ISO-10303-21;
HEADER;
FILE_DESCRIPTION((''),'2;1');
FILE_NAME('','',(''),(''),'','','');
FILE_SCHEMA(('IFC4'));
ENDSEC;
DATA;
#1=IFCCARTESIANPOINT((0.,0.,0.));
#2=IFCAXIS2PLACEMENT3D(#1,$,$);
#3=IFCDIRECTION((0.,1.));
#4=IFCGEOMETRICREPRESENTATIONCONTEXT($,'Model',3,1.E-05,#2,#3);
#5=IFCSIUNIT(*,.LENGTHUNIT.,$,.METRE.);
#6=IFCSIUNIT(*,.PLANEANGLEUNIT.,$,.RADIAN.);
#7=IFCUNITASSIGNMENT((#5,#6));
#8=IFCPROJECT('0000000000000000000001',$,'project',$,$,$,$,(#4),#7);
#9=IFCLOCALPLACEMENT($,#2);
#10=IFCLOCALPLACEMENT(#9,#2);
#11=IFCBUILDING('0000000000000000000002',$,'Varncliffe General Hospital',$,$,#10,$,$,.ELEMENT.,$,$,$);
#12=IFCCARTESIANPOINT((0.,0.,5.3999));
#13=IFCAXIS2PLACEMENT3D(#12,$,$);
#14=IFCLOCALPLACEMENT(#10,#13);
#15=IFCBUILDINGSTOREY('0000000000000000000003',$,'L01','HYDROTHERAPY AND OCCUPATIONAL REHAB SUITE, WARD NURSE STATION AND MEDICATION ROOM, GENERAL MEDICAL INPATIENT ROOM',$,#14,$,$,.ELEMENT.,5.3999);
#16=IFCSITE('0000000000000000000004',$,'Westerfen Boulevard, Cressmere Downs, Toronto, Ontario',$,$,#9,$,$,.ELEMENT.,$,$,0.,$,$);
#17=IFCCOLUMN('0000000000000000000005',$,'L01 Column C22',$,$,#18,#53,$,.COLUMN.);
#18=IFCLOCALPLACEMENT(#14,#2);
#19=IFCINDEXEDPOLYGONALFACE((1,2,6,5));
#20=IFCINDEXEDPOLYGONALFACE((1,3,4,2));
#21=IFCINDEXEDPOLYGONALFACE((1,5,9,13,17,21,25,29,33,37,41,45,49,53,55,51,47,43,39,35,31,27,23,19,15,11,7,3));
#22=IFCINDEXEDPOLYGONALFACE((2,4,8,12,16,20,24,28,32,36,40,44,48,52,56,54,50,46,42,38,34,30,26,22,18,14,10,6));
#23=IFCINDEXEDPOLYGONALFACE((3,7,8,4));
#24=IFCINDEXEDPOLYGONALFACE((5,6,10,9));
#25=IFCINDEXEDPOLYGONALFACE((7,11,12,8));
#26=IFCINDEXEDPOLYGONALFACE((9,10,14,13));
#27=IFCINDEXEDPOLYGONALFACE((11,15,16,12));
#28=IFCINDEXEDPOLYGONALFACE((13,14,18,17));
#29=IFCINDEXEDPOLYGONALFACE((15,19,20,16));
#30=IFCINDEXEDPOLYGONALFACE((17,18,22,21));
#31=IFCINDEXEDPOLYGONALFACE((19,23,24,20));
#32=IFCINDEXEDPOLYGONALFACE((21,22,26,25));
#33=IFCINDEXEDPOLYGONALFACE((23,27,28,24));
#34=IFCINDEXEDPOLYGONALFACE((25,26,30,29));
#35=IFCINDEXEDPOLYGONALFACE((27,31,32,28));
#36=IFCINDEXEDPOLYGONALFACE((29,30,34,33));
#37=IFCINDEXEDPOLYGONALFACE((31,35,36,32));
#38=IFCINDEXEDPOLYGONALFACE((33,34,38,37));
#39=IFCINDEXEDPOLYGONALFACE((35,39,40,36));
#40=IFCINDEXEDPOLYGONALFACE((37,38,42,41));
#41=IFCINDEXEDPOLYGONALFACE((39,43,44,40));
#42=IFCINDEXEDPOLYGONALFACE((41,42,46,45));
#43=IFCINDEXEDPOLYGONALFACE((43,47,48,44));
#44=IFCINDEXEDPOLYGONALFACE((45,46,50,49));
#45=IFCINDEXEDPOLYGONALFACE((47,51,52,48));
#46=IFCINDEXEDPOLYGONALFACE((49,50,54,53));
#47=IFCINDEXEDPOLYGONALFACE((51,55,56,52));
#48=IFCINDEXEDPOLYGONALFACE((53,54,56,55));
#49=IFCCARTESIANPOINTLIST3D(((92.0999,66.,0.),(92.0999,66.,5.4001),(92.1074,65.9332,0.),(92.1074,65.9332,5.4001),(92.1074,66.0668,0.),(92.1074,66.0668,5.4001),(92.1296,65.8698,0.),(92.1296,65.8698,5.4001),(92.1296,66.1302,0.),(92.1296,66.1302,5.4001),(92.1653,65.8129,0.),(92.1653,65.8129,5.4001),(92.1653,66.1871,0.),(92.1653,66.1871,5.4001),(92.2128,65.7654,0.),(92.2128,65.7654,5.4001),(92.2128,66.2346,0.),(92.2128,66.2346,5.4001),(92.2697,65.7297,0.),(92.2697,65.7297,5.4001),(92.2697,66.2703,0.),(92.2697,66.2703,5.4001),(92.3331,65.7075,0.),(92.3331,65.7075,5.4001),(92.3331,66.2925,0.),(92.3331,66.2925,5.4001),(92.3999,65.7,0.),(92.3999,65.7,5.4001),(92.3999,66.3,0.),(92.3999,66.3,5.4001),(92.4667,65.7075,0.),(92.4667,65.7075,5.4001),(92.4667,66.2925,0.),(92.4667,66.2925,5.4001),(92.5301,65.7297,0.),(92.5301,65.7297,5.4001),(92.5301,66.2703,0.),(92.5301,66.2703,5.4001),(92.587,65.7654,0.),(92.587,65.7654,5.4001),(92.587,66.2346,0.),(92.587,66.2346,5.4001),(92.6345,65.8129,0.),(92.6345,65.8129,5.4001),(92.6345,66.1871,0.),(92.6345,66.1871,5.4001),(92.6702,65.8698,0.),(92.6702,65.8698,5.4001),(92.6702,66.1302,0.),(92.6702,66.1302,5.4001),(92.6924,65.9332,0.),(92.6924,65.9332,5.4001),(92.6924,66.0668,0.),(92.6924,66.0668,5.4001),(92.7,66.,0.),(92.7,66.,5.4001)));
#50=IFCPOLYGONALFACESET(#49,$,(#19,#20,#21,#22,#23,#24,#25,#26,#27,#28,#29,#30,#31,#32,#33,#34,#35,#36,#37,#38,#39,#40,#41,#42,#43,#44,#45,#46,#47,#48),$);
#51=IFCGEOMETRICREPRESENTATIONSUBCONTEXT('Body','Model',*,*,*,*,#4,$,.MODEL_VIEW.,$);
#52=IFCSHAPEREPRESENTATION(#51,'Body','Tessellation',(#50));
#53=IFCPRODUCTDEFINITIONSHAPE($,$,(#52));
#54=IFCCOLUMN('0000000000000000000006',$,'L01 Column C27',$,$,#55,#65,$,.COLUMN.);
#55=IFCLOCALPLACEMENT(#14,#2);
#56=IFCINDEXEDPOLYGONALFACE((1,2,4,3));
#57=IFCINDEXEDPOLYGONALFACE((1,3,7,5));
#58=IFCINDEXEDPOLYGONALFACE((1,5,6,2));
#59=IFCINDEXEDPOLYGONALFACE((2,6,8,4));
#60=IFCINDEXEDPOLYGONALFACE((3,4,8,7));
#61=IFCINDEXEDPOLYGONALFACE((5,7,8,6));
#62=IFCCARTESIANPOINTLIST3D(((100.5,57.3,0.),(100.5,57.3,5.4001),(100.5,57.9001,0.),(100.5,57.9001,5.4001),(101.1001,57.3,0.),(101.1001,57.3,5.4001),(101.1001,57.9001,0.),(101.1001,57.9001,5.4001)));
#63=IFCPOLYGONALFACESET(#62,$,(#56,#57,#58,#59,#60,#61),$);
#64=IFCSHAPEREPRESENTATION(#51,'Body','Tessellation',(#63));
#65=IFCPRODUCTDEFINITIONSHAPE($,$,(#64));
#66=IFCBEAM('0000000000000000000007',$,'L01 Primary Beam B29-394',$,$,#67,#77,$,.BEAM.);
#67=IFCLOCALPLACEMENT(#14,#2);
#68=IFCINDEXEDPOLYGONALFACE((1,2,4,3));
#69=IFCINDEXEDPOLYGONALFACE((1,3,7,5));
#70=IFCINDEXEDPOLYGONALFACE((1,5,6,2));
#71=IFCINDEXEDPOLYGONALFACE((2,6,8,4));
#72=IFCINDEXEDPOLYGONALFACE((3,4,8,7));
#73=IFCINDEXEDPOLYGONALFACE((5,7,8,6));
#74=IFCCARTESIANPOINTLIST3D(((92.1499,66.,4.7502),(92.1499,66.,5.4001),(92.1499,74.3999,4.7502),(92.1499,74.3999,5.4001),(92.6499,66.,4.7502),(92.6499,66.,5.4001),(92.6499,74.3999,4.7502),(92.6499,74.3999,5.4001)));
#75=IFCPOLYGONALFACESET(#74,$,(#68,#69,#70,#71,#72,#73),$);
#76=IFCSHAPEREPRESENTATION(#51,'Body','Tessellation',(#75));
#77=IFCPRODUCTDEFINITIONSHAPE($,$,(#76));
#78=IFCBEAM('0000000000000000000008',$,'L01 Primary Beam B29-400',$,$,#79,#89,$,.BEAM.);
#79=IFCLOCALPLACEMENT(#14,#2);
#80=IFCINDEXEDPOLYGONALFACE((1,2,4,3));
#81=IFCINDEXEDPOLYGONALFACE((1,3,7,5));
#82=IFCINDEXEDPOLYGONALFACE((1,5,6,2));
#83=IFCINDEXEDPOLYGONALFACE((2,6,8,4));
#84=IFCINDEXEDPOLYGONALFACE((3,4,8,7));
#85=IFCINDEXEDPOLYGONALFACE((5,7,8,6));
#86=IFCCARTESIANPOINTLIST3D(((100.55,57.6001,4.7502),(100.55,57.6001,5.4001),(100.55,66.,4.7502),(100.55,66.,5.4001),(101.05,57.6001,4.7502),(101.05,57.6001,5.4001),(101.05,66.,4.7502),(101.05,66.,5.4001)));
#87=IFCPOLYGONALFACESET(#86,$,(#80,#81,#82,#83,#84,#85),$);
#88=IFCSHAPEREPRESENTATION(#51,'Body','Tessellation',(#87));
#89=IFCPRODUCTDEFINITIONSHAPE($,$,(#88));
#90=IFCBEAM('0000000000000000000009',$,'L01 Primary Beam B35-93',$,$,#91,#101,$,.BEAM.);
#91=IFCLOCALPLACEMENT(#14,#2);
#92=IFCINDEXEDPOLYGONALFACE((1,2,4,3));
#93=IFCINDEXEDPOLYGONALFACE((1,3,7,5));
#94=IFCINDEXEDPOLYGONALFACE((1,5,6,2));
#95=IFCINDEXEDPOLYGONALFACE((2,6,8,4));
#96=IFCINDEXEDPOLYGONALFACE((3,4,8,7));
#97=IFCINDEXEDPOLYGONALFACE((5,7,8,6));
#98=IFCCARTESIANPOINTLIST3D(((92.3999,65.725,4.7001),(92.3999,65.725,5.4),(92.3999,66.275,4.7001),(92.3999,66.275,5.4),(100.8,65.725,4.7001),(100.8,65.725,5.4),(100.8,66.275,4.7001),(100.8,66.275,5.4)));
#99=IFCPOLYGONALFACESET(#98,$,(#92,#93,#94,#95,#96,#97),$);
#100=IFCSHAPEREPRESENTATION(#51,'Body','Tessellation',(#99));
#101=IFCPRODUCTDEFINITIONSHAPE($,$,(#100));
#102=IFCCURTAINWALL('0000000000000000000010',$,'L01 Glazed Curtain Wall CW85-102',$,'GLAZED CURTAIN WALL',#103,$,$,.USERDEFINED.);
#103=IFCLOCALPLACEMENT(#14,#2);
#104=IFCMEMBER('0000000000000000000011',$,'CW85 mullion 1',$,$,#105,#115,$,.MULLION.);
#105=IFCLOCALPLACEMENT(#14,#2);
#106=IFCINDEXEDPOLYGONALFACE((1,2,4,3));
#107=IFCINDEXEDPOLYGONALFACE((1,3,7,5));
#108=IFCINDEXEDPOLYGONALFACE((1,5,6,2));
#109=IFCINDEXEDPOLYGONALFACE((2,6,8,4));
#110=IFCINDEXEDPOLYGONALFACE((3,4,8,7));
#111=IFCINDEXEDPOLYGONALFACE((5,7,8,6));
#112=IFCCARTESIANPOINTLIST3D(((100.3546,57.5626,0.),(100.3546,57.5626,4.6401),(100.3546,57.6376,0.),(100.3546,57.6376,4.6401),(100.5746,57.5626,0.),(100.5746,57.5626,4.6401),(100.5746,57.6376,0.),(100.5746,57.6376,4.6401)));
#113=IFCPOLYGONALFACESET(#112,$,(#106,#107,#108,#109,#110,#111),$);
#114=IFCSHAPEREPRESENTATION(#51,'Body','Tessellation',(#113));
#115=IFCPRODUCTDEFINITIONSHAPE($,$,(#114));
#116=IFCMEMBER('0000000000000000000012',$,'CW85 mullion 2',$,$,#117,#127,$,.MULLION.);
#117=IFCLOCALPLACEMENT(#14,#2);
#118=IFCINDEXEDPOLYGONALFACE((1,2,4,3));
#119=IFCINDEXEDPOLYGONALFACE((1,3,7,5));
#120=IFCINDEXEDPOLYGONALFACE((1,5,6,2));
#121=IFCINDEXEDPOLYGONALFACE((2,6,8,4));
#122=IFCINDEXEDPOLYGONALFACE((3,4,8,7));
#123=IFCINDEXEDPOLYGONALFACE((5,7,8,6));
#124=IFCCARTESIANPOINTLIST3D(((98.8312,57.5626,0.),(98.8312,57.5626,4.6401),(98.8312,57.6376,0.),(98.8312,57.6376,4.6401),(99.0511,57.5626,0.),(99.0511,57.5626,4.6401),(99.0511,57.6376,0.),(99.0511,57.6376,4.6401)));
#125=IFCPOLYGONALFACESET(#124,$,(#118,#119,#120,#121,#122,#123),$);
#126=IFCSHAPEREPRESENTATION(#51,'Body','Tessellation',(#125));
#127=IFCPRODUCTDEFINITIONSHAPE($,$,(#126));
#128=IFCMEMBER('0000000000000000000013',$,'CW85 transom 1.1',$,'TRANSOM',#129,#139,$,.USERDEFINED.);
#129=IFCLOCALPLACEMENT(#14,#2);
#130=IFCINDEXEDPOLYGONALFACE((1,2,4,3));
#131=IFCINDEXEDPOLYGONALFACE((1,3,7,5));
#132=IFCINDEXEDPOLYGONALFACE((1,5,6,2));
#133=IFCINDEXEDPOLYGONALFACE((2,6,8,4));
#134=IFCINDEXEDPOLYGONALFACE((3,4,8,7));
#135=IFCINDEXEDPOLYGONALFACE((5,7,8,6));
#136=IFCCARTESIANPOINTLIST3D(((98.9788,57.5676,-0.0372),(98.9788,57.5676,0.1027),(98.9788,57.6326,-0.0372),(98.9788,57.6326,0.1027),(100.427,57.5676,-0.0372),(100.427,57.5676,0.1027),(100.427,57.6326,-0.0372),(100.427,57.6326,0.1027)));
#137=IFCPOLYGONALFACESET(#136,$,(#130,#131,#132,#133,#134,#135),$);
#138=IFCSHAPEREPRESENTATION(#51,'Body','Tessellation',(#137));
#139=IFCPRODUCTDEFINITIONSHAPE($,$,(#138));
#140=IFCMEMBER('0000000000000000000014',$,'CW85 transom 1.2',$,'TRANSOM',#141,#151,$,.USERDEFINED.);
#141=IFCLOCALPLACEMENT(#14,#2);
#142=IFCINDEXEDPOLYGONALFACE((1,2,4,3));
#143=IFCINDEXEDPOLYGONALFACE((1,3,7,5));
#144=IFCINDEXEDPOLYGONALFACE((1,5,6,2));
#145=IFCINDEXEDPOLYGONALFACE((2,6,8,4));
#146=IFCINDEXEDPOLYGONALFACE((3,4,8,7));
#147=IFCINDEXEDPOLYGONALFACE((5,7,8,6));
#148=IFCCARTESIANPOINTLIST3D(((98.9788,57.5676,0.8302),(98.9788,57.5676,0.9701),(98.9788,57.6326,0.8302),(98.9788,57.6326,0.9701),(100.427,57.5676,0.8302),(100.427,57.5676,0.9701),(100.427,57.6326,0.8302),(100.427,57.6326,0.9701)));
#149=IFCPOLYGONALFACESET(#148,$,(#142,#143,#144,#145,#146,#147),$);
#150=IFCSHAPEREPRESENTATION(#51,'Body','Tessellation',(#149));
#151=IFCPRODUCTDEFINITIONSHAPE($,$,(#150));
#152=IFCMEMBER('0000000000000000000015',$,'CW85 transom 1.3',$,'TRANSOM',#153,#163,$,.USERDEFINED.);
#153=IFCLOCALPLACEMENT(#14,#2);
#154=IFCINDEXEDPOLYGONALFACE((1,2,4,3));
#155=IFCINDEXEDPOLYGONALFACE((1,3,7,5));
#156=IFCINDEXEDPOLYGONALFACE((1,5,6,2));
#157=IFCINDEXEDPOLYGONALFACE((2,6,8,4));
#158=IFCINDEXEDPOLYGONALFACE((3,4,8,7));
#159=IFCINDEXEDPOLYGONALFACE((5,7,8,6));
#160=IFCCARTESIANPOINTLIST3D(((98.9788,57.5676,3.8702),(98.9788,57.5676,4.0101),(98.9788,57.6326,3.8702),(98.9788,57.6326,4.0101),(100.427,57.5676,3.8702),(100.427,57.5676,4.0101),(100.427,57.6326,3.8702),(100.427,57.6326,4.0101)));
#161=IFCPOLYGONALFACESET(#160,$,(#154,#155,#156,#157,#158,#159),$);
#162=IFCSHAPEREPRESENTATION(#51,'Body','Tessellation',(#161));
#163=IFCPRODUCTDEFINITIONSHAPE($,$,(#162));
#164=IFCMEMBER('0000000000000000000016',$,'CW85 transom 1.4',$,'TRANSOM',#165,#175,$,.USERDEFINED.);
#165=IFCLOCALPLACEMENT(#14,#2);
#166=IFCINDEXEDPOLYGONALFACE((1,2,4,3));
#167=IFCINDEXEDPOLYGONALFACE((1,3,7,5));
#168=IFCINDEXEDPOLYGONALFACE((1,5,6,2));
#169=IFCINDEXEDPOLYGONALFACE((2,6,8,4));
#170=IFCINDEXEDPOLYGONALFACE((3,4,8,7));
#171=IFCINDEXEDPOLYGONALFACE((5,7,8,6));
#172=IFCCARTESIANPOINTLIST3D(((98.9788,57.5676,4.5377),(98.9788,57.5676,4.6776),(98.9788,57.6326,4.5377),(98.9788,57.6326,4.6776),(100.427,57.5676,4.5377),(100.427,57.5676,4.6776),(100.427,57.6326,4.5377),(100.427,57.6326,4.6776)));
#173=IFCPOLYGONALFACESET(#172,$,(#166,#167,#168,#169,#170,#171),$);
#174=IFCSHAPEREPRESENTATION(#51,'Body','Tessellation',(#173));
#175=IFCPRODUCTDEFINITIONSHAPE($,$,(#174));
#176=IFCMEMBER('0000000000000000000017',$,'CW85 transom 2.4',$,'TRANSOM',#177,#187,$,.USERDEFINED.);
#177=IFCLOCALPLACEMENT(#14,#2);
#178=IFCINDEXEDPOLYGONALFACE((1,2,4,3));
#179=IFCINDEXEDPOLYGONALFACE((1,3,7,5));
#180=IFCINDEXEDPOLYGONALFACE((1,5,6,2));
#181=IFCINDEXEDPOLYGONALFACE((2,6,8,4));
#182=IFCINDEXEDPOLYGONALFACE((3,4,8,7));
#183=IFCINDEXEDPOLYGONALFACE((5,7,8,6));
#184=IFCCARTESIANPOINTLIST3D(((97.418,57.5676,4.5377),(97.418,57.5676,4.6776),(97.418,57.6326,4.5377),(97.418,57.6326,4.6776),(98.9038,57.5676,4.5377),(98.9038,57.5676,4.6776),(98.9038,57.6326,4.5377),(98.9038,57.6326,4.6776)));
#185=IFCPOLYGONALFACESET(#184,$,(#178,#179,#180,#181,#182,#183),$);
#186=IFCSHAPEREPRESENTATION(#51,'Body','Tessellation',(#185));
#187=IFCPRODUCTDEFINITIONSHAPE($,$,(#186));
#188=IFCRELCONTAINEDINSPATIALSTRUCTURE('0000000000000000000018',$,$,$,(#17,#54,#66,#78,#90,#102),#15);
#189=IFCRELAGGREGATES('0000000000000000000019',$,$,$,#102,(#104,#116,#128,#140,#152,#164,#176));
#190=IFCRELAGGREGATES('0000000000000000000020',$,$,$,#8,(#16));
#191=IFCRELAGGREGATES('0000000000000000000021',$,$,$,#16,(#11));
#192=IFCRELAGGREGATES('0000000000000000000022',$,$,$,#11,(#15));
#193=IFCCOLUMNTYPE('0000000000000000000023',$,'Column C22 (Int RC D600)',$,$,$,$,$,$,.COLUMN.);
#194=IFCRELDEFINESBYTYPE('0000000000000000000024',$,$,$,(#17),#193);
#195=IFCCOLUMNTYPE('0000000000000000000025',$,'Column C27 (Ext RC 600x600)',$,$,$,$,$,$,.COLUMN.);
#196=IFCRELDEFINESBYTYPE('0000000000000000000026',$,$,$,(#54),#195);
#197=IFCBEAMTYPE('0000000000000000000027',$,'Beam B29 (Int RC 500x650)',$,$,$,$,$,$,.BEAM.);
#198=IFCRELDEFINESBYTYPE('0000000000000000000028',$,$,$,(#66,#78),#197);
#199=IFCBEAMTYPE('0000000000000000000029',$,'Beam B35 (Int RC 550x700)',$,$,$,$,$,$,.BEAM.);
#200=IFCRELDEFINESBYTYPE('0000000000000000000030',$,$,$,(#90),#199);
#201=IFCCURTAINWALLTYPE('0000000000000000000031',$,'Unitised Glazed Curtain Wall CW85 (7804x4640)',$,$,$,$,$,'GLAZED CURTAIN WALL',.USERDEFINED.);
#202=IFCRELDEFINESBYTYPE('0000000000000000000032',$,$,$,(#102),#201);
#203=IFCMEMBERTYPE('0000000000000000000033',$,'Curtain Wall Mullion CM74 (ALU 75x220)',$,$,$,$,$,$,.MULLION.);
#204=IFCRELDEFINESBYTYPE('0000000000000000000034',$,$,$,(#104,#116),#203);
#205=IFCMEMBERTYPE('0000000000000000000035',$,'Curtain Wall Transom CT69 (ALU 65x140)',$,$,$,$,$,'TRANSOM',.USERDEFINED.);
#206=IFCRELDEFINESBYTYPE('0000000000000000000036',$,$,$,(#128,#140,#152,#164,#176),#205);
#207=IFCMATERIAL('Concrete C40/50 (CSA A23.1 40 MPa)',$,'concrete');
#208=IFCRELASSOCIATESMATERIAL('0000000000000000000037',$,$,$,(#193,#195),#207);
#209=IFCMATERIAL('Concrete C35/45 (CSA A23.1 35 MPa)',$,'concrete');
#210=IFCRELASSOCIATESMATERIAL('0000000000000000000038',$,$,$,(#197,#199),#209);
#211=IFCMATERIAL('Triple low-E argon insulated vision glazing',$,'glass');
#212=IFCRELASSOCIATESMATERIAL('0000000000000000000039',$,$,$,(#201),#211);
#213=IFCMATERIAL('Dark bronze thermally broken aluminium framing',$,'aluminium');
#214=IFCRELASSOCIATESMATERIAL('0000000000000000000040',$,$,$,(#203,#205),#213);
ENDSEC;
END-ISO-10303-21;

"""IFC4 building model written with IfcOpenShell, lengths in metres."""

from ifc_helpers import new_model, si_unit, direction, frame, origin, origin_2d, place, context, subcontext, project, spatial, rectangle, circle, extrude, material, material_profile, profile_set, type_object, element, aggregate, save


model = new_model("IFC4")

# Units and contexts
model_context = context("Model", 3, precision=1e-05, world=origin(), true_north=direction((0.0, 1.0)))
body_context = subcontext(model_context, "Body", "Model", "MODEL_VIEW")
ifc_project = project(units=[si_unit("LENGTHUNIT", "METRE"), si_unit("PLANEANGLEUNIT", "RADIAN")], contexts=[model_context])

# Site, building, storey
site_placement = place(None, origin())
site = spatial("IfcSite", under=ifc_project, at=site_placement, Name="Westerfen Boulevard, Cressmere Downs, Toronto, Ontario", CompositionType="ELEMENT", RefElevation=0.0)
building_placement = place(site_placement, origin())
building = spatial("IfcBuilding", under=site, at=building_placement, Name="Varncliffe General Hospital", CompositionType="ELEMENT")
storey_placement = place(building_placement, frame((0.0, 0.0, 5.3999)))
storey = spatial("IfcBuildingStorey", under=building, at=storey_placement, Name="L01", Description="HYDROTHERAPY AND OCCUPATIONAL REHAB SUITE, WARD NURSE STATION AND MEDICATION ROOM, GENERAL MEDICAL INPATIENT ROOM", CompositionType="ELEMENT", Elevation=5.3999)

# Columns
ifc_material_1 = material(Name="Concrete C40/50 (CSA A23.1 40 MPa)", Category="concrete")
ifc_material_profile_1 = material_profile(ifc_material_1, circle(Radius=0.3, at=origin_2d()), Name="RC D600")
ifc_profile_set_1 = profile_set([ifc_material_profile_1], Name="Concrete C40/50 (CSA A23.1 40 MPa)")
column_type_1 = type_object("IfcColumnType", Name="Column C22 (Int RC D600)", PredefinedType="COLUMN", material=ifc_profile_set_1)
column_1_placement = place(storey_placement, frame((92.3999, 66.0, 0.0), z_axis=(0.0, 0.0, 1.0), x_axis=(1.0, 0.0, 0.0)))
element("IfcColumn", 1, at=column_1_placement, inside=storey, type_object=column_type_1, Name="L01 Column C22", PredefinedType="COLUMN", context=body_context, shape_type="SweptSolid", body=[
    extrude(circle(Radius=0.3, at=origin_2d()), origin(), (0.0, 0.0, 1.0), 5.4001),
])
ifc_material_profile_2 = material_profile(ifc_material_1, rectangle(XDim=0.6001, YDim=0.6001, at=origin_2d()), Name="RC 600x600")
ifc_profile_set_2 = profile_set([ifc_material_profile_2], Name="Concrete C40/50 (CSA A23.1 40 MPa)")
column_type_2 = type_object("IfcColumnType", Name="Column C27 (Ext RC 600x600)", PredefinedType="COLUMN", material=ifc_profile_set_2)
column_2_placement = place(storey_placement, frame((100.8, 57.6001, 0.0), z_axis=(0.0, 0.0, 1.0), x_axis=(1.0, 0.0, 0.0)))
element("IfcColumn", 2, at=column_2_placement, inside=storey, type_object=column_type_2, Name="L01 Column C27", PredefinedType="COLUMN", context=body_context, shape_type="SweptSolid", body=[
    extrude(rectangle(XDim=0.6001, YDim=0.6001, at=origin_2d()), origin(), (0.0, 0.0, 1.0), 5.4001),
])

# Beams
ifc_material_2 = material(Name="Concrete C35/45 (CSA A23.1 35 MPa)", Category="concrete")
ifc_material_profile_3 = material_profile(ifc_material_2, rectangle(XDim=0.5, YDim=0.6499, at=origin_2d()), Name="RC 500x650")
ifc_profile_set_3 = profile_set([ifc_material_profile_3], Name="Concrete C35/45 (CSA A23.1 35 MPa)")
beam_type_1 = type_object("IfcBeamType", Name="Beam B29 (Int RC 500x650)", PredefinedType="BEAM", material=ifc_profile_set_3)
for number, where, z_axis, x_axis, name in (
    (3, (92.3999, 66.0, 5.0752), (0.0, 1.0, 0.0), (-1.0, 0.0, 0.0), "L01 Primary Beam B29-394"),
    (4, (100.8, 57.6001, 5.0752), (0.0, 1.0, 0.0), (-1.0, 0.0, 0.0), "L01 Primary Beam B29-400"),
):
    element("IfcBeam", number, at=place(storey_placement, frame(where, z_axis=z_axis, x_axis=x_axis)), inside=storey, type_object=beam_type_1, Name=name, PredefinedType="BEAM", context=body_context, shape_type="SweptSolid", body=[
        extrude(rectangle(XDim=0.5, YDim=0.6499, at=origin_2d()), origin(), (0.0, 0.0, 1.0), 8.3999),
    ])
ifc_material_profile_4 = material_profile(ifc_material_2, rectangle(XDim=0.55, YDim=0.7, at=origin_2d()), Name="RC 550x700")
ifc_profile_set_4 = profile_set([ifc_material_profile_4], Name="Concrete C35/45 (CSA A23.1 35 MPa)")
beam_type_2 = type_object("IfcBeamType", Name="Beam B35 (Int RC 550x700)", PredefinedType="BEAM", material=ifc_profile_set_4)
beam_1_placement = place(storey_placement, frame((92.3999, 66.0, 5.05), z_axis=(1.0, 0.0, 0.0), x_axis=(0.0, 1.0, 0.0)))
element("IfcBeam", 5, at=beam_1_placement, inside=storey, type_object=beam_type_2, Name="L01 Primary Beam B35-93", PredefinedType="BEAM", context=body_context, shape_type="SweptSolid", body=[
    extrude(rectangle(XDim=0.55, YDim=0.7, at=origin_2d()), origin(), (0.0, 0.0, 1.0), 8.4001),
])

# Curtain wall, members
ifc_material_3 = material(Name="Triple low-E argon insulated vision glazing", Category="glass")
curtain_wall_type = type_object("IfcCurtainWallType", Name="Unitised Glazed Curtain Wall CW85 (7804x4640)", ElementType="GLAZED CURTAIN WALL", PredefinedType="USERDEFINED", material=ifc_material_3)
curtain_wall_placement = place(storey_placement, origin())
curtain_wall = element("IfcCurtainWall", 6, at=curtain_wall_placement, inside=storey, type_object=curtain_wall_type, Name="L01 Glazed Curtain Wall CW85-102", ObjectType="GLAZED CURTAIN WALL", PredefinedType="USERDEFINED")
ifc_material_4 = material(Name="Dark bronze thermally broken aluminium framing", Category="aluminium")
ifc_material_profile_5 = material_profile(ifc_material_4, rectangle(XDim=0.075, YDim=0.22, at=origin_2d()), Name="ALU 75x220")
ifc_profile_set_5 = profile_set([ifc_material_profile_5], Name="Dark bronze thermally broken aluminium framing")
member_type_1 = type_object("IfcMemberType", Name="Curtain Wall Mullion CM74 (ALU 75x220)", PredefinedType="MULLION", material=ifc_profile_set_5)
member_1_placement = place(storey_placement, frame((100.4646, 57.6001, 0.0), z_axis=(0.0, 0.0, 1.0), x_axis=(0.0, -1.0, 0.0)))
member_1 = element("IfcMember", 7, at=member_1_placement, type_object=member_type_1, Name="CW85 mullion 1", PredefinedType="MULLION", context=body_context, shape_type="SweptSolid", body=[
    extrude(rectangle(XDim=0.075, YDim=0.22, at=origin_2d()), origin(), (0.0, 0.0, 1.0), 4.6401),
])
member_2_placement = place(storey_placement, frame((98.9412, 57.6001, 0.0), z_axis=(0.0, 0.0, 1.0), x_axis=(0.0, -1.0, 0.0)))
member_2 = element("IfcMember", 8, at=member_2_placement, type_object=member_type_1, Name="CW85 mullion 2", PredefinedType="MULLION", context=body_context, shape_type="SweptSolid", body=[
    extrude(rectangle(XDim=0.075, YDim=0.22, at=origin_2d()), origin(), (0.0, 0.0, 1.0), 4.6401),
])
ifc_material_profile_6 = material_profile(ifc_material_4, rectangle(XDim=0.0649, YDim=0.1399, at=origin_2d()), Name="ALU 65x140")
ifc_profile_set_6 = profile_set([ifc_material_profile_6], Name="Dark bronze thermally broken aluminium framing")
member_type_2 = type_object("IfcMemberType", Name="Curtain Wall Transom CT69 (ALU 65x140)", ElementType="TRANSOM", PredefinedType="USERDEFINED", material=ifc_profile_set_6)
member_3_placement = place(storey_placement, frame((100.427, 57.6001, 0.0327), z_axis=(-1.0, 0.0, 0.0), x_axis=(0.0, -1.0, 0.0)))
member_3 = element("IfcMember", 9, at=member_3_placement, type_object=member_type_2, Name="CW85 transom 1.1", ObjectType="TRANSOM", PredefinedType="USERDEFINED", context=body_context, shape_type="SweptSolid", body=[
    extrude(rectangle(XDim=0.0649, YDim=0.1399, at=origin_2d()), origin(), (0.0, 0.0, 1.0), 1.4482),
])
member_4_placement = place(storey_placement, frame((100.427, 57.6001, 0.9001), z_axis=(-1.0, 0.0, 0.0), x_axis=(0.0, -1.0, 0.0)))
member_4 = element("IfcMember", 10, at=member_4_placement, type_object=member_type_2, Name="CW85 transom 1.2", ObjectType="TRANSOM", PredefinedType="USERDEFINED", context=body_context, shape_type="SweptSolid", body=[
    extrude(rectangle(XDim=0.0649, YDim=0.1399, at=origin_2d()), origin(), (0.0, 0.0, 1.0), 1.4482),
])
member_5_placement = place(storey_placement, frame((100.427, 57.6001, 3.9402), z_axis=(-1.0, 0.0, 0.0), x_axis=(0.0, -1.0, 0.0)))
member_5 = element("IfcMember", 11, at=member_5_placement, type_object=member_type_2, Name="CW85 transom 1.3", ObjectType="TRANSOM", PredefinedType="USERDEFINED", context=body_context, shape_type="SweptSolid", body=[
    extrude(rectangle(XDim=0.0649, YDim=0.1399, at=origin_2d()), origin(), (0.0, 0.0, 1.0), 1.4482),
])
member_6_placement = place(storey_placement, frame((100.427, 57.6001, 4.6077), z_axis=(-1.0, 0.0, 0.0), x_axis=(0.0, -1.0, 0.0)))
member_6 = element("IfcMember", 12, at=member_6_placement, type_object=member_type_2, Name="CW85 transom 1.4", ObjectType="TRANSOM", PredefinedType="USERDEFINED", context=body_context, shape_type="SweptSolid", body=[
    extrude(rectangle(XDim=0.0649, YDim=0.1399, at=origin_2d()), origin(), (0.0, 0.0, 1.0), 1.4482),
])
member_7_placement = place(storey_placement, frame((98.9038, 57.6001, 4.6077), z_axis=(-1.0, 0.0, 0.0), x_axis=(0.0, -1.0, 0.0)))
member_7 = element("IfcMember", 13, at=member_7_placement, type_object=member_type_2, Name="CW85 transom 2.4", ObjectType="TRANSOM", PredefinedType="USERDEFINED", context=body_context, shape_type="SweptSolid", body=[
    extrude(rectangle(XDim=0.0649, YDim=0.1399, at=origin_2d()), origin(), (0.0, 0.0, 1.0), 1.4858),
])

aggregate(curtain_wall, [member_1, member_2, member_3, member_4, member_5, member_6, member_7])

save(model, "model.ifc")
